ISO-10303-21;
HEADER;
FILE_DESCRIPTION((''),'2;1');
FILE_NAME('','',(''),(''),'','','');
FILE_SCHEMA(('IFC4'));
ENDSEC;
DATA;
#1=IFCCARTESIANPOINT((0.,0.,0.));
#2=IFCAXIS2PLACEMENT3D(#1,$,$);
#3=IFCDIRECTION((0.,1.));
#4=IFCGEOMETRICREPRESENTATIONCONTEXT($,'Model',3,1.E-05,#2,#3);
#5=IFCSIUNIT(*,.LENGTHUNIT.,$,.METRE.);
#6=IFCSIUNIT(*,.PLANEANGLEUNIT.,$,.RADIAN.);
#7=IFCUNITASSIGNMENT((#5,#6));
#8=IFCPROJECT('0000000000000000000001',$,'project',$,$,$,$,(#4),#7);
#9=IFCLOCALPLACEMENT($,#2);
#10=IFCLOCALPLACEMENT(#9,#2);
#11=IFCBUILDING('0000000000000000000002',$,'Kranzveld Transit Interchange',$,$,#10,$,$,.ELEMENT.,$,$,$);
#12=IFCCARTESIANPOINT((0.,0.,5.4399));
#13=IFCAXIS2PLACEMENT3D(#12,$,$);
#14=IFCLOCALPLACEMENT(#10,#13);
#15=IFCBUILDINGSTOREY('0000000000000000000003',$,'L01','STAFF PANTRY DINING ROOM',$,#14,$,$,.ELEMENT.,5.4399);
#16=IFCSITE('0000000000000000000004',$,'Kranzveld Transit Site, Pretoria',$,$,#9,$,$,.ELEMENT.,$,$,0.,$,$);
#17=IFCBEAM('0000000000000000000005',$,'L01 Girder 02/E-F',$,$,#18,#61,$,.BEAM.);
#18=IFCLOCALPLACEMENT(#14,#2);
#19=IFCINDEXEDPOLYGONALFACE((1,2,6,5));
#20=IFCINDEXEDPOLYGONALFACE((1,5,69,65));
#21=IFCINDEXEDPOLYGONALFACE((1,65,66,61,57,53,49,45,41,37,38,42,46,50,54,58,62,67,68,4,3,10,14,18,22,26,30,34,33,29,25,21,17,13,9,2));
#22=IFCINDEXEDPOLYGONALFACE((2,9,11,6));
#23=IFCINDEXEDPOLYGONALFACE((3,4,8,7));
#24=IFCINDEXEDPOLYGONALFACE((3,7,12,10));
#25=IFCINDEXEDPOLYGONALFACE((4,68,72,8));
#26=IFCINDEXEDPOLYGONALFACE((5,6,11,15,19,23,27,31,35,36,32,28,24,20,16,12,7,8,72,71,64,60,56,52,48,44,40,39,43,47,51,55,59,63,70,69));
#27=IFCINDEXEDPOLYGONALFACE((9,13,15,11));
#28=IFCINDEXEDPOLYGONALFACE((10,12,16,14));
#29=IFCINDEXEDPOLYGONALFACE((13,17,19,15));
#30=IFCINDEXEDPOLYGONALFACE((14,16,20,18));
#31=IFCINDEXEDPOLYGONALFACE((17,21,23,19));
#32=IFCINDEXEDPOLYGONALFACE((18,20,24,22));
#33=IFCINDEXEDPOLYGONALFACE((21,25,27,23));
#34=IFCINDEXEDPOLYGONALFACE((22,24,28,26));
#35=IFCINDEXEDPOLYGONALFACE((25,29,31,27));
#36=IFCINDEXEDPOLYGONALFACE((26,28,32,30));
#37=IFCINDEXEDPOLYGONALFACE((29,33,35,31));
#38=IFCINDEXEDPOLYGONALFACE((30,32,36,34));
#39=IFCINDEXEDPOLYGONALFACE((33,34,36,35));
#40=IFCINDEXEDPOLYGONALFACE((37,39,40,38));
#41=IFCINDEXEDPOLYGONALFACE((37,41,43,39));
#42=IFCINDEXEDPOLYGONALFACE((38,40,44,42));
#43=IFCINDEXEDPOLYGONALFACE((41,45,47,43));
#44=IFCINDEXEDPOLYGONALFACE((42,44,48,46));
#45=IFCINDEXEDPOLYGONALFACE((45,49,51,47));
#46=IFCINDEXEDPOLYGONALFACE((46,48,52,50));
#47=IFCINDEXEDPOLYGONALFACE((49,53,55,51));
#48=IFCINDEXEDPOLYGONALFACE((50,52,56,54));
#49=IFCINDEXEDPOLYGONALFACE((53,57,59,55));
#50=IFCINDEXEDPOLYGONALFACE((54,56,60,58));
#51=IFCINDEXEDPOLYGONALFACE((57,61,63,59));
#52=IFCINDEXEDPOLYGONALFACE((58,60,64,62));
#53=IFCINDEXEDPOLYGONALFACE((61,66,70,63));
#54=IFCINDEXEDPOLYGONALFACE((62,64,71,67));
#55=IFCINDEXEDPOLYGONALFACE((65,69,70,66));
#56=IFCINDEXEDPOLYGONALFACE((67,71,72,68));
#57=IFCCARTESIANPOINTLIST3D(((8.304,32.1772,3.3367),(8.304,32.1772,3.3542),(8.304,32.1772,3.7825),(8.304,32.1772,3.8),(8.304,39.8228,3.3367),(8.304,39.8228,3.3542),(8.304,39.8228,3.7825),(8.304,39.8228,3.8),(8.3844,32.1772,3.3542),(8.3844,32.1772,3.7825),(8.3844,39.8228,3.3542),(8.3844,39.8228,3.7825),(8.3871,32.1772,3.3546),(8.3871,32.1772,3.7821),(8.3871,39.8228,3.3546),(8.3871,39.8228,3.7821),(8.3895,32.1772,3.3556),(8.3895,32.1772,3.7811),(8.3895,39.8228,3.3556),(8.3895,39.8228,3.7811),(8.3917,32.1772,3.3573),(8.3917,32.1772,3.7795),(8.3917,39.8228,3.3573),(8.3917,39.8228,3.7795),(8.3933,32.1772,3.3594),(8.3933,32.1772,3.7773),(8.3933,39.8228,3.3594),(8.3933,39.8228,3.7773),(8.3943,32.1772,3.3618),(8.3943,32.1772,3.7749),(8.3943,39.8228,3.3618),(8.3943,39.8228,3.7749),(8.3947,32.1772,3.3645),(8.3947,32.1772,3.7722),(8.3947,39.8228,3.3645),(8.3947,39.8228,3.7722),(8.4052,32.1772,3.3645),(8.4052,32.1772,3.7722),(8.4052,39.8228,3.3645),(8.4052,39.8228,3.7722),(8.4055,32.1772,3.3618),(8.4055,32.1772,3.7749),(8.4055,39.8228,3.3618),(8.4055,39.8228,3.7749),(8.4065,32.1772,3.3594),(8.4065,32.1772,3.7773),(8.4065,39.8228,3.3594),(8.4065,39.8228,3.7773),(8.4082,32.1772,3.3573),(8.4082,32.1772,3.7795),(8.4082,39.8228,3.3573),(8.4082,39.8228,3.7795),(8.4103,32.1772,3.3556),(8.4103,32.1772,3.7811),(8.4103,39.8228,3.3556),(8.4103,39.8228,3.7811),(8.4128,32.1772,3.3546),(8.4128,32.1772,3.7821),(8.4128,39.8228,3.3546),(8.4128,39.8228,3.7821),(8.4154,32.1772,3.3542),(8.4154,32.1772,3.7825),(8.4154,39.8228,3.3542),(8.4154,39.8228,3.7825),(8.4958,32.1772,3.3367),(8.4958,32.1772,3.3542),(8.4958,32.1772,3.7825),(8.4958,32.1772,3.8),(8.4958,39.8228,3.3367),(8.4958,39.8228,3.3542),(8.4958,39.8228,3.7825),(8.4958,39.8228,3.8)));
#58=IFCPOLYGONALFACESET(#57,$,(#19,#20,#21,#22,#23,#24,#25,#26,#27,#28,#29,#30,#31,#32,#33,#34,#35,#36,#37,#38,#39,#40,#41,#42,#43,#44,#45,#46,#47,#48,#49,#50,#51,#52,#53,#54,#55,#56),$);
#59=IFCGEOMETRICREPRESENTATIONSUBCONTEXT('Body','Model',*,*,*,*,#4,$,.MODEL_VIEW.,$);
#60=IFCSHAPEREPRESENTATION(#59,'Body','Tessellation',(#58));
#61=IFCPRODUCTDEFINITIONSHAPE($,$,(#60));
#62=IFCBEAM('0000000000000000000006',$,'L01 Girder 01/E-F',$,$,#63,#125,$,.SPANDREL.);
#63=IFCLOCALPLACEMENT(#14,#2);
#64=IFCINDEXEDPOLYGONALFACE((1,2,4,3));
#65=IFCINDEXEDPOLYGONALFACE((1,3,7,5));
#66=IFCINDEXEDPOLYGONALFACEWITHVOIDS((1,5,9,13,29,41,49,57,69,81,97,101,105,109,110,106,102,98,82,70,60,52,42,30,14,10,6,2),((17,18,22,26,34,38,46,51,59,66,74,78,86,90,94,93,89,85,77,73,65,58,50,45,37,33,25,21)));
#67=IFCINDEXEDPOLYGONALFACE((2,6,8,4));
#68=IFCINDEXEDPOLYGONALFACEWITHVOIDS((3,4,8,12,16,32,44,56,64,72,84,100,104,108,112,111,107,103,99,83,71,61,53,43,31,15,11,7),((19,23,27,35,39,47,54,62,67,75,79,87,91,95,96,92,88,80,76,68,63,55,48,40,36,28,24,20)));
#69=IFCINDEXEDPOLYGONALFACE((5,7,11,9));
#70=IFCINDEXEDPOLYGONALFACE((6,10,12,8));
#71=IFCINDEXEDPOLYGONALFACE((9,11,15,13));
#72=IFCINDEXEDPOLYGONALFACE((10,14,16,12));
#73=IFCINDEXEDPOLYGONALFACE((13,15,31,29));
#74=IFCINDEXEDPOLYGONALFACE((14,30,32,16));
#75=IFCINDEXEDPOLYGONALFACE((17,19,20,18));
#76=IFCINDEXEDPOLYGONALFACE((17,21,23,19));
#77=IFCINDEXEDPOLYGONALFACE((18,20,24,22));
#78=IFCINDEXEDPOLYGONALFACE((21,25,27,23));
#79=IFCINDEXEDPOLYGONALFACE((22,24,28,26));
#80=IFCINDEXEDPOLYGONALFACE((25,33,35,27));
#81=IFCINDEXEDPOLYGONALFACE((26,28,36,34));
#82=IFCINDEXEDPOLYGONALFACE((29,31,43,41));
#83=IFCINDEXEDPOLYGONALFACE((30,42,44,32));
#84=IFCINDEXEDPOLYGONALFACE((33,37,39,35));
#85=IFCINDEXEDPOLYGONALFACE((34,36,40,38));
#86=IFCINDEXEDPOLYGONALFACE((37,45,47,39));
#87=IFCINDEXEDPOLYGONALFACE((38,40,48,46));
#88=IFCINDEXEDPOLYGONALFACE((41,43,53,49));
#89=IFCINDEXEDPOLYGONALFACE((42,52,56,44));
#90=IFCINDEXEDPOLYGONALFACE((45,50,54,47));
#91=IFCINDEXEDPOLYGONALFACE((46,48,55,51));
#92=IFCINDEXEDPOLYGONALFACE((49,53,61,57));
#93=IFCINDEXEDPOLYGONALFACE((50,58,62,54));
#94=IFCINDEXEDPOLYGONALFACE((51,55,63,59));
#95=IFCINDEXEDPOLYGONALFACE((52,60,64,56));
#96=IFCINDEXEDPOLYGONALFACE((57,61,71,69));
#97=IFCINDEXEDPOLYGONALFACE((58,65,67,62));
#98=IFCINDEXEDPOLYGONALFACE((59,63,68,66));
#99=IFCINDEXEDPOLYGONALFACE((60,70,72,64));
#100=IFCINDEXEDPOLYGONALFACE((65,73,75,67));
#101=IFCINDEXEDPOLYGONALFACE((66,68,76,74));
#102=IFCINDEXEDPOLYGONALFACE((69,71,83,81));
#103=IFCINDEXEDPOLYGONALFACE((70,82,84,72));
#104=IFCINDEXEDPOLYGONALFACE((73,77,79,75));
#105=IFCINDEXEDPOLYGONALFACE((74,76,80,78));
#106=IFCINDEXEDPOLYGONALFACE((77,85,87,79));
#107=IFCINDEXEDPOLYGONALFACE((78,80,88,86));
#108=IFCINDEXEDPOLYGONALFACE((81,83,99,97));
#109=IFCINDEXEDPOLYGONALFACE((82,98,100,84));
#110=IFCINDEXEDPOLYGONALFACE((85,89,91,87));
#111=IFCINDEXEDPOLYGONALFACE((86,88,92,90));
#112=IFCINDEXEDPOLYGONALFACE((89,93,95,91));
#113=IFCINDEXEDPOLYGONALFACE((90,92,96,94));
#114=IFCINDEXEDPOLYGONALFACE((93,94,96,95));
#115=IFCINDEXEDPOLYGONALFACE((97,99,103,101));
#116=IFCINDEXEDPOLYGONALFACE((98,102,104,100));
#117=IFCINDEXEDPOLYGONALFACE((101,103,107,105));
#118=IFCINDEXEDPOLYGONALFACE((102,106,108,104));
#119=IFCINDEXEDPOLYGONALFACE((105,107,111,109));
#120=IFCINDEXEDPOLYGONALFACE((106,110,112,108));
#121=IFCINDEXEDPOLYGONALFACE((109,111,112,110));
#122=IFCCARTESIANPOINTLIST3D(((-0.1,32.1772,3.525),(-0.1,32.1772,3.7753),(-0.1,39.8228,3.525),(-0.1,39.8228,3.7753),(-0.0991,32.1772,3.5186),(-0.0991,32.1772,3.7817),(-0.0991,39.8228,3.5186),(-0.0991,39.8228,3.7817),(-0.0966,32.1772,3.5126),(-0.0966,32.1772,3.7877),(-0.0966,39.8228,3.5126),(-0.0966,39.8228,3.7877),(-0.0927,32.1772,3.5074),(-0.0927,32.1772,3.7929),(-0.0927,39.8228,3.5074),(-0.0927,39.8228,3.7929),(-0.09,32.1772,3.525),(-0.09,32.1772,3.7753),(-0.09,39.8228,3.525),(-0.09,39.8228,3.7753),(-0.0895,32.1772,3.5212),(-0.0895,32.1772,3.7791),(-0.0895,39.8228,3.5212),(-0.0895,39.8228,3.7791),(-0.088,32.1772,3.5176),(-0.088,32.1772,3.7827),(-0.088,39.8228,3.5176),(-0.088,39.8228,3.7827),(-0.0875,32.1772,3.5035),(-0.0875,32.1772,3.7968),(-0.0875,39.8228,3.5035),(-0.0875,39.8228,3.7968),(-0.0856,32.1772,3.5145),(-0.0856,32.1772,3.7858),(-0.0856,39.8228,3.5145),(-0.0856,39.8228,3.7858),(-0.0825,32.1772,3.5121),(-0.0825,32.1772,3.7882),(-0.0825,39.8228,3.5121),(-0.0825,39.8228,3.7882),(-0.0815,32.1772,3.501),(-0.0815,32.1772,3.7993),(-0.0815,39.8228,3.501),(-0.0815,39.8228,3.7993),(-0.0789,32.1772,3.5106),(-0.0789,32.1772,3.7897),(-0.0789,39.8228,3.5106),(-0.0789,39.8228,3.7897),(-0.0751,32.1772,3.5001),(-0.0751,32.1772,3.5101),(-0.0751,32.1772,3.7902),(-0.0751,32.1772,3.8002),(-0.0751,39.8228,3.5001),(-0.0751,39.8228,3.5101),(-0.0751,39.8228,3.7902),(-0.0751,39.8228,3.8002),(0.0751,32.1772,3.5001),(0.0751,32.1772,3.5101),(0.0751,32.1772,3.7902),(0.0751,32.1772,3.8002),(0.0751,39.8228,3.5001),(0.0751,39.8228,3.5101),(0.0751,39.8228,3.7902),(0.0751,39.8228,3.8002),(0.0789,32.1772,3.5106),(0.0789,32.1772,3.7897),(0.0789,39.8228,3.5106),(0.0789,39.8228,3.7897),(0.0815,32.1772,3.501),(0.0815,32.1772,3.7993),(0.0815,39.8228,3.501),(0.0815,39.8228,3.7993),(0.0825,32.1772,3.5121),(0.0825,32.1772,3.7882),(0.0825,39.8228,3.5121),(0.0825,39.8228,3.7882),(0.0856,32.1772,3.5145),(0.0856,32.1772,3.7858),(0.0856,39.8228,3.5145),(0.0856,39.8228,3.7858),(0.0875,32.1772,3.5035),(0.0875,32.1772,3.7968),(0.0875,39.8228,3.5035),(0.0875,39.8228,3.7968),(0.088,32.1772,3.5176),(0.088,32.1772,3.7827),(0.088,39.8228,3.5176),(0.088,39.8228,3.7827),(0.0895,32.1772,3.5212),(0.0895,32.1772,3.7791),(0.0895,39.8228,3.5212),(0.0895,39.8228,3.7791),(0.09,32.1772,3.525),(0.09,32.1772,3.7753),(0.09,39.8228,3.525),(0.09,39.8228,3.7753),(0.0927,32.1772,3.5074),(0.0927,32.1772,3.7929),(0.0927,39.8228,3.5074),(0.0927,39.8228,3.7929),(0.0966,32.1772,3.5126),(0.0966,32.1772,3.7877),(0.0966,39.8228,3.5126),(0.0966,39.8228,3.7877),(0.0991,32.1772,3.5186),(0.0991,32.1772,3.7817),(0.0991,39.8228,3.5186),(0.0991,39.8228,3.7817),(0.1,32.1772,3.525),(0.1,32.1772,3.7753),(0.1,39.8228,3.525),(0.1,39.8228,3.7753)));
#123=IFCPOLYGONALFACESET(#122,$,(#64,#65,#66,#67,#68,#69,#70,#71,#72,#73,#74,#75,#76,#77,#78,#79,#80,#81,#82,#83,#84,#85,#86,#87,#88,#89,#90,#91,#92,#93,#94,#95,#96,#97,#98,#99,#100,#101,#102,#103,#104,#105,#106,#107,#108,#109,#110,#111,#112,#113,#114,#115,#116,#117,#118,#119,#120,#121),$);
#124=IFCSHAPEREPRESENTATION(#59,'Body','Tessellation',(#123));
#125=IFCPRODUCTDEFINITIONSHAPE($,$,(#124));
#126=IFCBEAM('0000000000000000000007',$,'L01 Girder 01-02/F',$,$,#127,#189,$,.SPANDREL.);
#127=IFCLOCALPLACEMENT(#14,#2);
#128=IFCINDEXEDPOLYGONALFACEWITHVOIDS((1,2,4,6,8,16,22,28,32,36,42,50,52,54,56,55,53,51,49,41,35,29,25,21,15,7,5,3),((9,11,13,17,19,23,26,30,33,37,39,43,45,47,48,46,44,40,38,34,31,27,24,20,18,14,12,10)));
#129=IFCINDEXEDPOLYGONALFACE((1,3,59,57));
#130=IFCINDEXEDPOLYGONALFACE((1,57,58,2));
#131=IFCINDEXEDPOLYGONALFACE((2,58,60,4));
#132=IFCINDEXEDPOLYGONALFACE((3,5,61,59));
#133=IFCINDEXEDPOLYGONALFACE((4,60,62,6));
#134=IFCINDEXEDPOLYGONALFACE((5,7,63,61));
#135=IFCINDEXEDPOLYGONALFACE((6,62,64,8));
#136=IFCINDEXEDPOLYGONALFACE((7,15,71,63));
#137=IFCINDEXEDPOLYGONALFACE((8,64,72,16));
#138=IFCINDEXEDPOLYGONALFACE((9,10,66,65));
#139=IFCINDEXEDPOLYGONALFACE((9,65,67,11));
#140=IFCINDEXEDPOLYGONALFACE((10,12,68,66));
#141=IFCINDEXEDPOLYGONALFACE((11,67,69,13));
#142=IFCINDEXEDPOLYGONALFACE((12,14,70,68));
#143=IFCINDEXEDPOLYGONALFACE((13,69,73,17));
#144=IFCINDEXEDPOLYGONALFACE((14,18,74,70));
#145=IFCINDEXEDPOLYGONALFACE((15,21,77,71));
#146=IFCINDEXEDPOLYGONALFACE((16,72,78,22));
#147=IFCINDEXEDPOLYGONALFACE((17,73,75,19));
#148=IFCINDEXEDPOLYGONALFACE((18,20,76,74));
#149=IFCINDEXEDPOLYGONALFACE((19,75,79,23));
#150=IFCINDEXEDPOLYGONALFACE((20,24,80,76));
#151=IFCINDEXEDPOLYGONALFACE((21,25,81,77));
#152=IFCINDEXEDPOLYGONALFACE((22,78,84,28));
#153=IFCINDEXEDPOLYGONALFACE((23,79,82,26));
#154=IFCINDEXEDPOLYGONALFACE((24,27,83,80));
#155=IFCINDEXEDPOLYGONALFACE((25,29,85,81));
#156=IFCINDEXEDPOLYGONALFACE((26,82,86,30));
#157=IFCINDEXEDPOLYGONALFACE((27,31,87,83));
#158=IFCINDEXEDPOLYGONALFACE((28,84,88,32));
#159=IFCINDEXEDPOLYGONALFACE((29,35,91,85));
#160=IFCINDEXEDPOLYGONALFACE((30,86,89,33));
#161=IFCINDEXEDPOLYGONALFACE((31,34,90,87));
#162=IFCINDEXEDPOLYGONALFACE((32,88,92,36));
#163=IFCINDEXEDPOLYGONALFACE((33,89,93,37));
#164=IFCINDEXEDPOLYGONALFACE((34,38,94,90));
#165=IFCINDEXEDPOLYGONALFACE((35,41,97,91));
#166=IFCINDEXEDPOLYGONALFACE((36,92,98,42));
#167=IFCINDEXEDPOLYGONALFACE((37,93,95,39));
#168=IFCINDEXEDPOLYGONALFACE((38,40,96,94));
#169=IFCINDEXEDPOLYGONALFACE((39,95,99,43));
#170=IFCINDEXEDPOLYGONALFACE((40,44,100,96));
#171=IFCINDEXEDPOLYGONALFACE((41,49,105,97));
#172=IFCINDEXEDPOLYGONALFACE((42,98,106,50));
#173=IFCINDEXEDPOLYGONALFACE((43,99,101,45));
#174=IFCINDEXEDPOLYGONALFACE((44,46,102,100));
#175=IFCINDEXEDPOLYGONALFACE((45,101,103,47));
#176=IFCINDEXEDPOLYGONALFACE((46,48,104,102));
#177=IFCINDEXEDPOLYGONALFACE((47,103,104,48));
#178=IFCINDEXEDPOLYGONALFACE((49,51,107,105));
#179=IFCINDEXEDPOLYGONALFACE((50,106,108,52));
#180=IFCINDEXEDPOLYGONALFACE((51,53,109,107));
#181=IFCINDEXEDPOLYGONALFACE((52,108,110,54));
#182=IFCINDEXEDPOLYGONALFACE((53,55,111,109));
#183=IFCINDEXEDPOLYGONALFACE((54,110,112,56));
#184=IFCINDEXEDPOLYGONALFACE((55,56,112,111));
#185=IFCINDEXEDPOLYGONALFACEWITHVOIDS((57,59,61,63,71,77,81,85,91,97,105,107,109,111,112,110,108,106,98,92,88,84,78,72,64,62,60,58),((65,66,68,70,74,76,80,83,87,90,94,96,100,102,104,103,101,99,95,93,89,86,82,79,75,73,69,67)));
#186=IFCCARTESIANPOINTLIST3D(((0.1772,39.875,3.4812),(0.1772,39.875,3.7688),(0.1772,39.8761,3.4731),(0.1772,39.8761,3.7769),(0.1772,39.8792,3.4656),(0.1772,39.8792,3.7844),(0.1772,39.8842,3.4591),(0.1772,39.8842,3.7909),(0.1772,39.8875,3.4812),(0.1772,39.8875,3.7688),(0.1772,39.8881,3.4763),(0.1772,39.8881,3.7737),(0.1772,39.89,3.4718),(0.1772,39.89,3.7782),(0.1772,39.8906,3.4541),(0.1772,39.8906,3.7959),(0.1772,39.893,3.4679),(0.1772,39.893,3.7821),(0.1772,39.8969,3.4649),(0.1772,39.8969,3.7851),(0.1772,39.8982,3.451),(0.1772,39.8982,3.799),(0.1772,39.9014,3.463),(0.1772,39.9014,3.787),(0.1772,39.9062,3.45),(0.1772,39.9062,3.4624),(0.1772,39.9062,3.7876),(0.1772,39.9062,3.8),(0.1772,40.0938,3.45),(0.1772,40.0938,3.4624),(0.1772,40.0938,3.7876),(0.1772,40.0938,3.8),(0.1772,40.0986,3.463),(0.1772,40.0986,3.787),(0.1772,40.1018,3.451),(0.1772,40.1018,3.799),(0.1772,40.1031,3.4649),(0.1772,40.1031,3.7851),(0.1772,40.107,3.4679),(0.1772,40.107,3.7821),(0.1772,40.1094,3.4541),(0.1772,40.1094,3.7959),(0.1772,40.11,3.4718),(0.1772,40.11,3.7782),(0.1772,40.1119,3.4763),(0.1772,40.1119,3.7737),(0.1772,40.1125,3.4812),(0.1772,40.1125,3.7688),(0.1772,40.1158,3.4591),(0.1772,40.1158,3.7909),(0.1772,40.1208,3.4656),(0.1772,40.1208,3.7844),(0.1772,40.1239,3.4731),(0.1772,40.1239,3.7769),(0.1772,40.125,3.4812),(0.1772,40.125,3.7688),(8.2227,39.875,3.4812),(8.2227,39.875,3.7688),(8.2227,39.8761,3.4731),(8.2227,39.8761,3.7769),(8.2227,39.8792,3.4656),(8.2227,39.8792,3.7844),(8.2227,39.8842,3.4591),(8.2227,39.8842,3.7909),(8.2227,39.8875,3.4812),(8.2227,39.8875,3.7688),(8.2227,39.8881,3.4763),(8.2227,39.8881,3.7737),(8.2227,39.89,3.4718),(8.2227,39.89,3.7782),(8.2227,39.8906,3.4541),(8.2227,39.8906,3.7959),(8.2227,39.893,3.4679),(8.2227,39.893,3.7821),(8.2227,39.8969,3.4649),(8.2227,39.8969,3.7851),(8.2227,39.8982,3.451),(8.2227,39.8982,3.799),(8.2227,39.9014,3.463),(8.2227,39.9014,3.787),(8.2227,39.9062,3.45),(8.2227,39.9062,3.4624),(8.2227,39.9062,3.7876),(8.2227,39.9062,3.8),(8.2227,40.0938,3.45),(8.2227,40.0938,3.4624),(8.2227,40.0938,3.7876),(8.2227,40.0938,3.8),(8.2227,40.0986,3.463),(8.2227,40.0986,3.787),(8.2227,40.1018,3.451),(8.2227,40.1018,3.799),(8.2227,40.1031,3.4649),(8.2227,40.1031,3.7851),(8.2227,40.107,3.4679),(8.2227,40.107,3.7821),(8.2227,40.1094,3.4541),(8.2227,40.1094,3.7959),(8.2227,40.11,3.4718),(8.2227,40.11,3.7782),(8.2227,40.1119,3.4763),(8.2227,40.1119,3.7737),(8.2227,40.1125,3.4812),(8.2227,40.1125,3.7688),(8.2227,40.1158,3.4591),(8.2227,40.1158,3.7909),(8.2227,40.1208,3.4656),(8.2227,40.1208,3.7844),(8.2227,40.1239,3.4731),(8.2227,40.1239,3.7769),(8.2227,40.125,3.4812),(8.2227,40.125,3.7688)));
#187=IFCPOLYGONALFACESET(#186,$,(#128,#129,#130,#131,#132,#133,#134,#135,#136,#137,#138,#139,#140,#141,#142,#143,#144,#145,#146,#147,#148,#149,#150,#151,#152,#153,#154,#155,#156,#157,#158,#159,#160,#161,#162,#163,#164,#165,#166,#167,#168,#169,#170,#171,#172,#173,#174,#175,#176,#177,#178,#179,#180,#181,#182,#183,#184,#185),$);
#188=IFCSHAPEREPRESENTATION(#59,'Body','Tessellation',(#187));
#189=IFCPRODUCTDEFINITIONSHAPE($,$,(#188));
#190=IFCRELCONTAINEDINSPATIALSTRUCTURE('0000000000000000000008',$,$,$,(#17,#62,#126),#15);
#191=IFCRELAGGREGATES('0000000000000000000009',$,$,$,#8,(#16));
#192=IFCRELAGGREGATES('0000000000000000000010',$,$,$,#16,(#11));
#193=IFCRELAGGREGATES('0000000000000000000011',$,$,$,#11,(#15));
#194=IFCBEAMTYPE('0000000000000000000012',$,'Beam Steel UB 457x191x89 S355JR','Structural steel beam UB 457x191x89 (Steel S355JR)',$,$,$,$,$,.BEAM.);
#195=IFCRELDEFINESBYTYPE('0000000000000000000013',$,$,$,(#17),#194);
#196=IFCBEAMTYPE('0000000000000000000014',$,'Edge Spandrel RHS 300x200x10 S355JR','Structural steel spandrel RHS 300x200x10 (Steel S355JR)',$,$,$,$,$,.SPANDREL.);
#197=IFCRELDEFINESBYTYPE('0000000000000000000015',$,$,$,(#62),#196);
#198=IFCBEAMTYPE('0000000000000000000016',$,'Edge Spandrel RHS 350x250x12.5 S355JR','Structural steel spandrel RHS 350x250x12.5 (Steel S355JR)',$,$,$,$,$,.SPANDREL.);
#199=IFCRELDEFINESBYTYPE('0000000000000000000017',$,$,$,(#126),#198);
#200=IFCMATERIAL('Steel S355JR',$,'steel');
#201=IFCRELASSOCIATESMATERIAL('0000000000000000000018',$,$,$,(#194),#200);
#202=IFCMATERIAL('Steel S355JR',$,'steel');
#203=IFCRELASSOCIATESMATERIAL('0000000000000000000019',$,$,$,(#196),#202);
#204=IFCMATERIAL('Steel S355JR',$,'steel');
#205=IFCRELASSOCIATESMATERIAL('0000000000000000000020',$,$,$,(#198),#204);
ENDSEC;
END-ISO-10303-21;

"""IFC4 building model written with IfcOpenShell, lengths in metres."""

from ifc_helpers import new_model, si_unit, direction, frame, origin, origin_2d, place, context, subcontext, project, spatial, hollow_rectangle, i_section, extrude, material, material_profile, profile_set, type_object, element, save


model = new_model("IFC4")

# Units and contexts
model_context = context("Model", 3, precision=1e-05, world=origin(), true_north=direction((0.0, 1.0)))
body_context = subcontext(model_context, "Body", "Model", "MODEL_VIEW")
ifc_project = project(units=[si_unit("LENGTHUNIT", "METRE"), si_unit("PLANEANGLEUNIT", "RADIAN")], contexts=[model_context])

# Site, building, storey
site_placement = place(None, origin())
site = spatial("IfcSite", under=ifc_project, at=site_placement, Name="Kranzveld Transit Site, Pretoria", CompositionType="ELEMENT", RefElevation=0.0)
building_placement = place(site_placement, origin())
building = spatial("IfcBuilding", under=site, at=building_placement, Name="Kranzveld Transit Interchange", CompositionType="ELEMENT")
storey_placement = place(building_placement, frame((0.0, 0.0, 5.4399)))
storey = spatial("IfcBuildingStorey", under=building, at=storey_placement, Name="L01", Description="STAFF PANTRY DINING ROOM", CompositionType="ELEMENT", Elevation=5.4399)

# Beams
ifc_material_1 = material(Name="Steel S355JR", Category="steel")
ifc_material_profile_1 = material_profile(ifc_material_1, i_section(OverallWidth=0.1919, OverallDepth=0.4634, WebThickness=0.0105, FlangeThickness=0.0176, FilletRadius=0.0103, at=origin_2d()), Name="UB 457x191x89")
ifc_profile_set_1 = profile_set([ifc_material_profile_1], Name="Steel S355JR")
beam_type_1 = type_object("IfcBeamType", Name="Beam Steel UB 457x191x89 S355JR", Description="Structural steel beam UB 457x191x89 (Steel S355JR)", PredefinedType="BEAM", material=ifc_profile_set_1)
beam_1_placement = place(storey_placement, frame((8.3999, 32.1772, 3.5684), z_axis=(0.0, 1.0, 0.0), x_axis=(-1.0, 0.0, 0.0)))
element("IfcBeam", 1, at=beam_1_placement, inside=storey, type_object=beam_type_1, Name="L01 Girder 02/E-F", PredefinedType="BEAM", context=body_context, shape_type="SweptSolid", body=[
    extrude(i_section(OverallWidth=0.1919, OverallDepth=0.4634, WebThickness=0.0105, FlangeThickness=0.0176, FilletRadius=0.0103, at=origin_2d()), origin(), (0.0, 0.0, 1.0), 7.6455),
])
ifc_material_2 = material(Name="Steel S355JR", Category="steel")
ifc_material_profile_2 = material_profile(ifc_material_2, hollow_rectangle(XDim=0.2, YDim=0.3, WallThickness=0.01, InnerFilletRadius=0.0149, OuterFilletRadius=0.0249, at=origin_2d()), Name="RHS 300x200x10")
ifc_profile_set_2 = profile_set([ifc_material_profile_2], Name="Steel S355JR")
beam_type_2 = type_object("IfcBeamType", Name="Edge Spandrel RHS 300x200x10 S355JR", Description="Structural steel spandrel RHS 300x200x10 (Steel S355JR)", PredefinedType="SPANDREL", material=ifc_profile_set_2)
beam_2_placement = place(storey_placement, frame((0.0, 32.1772, 3.6501), z_axis=(0.0, 1.0, 0.0), x_axis=(-1.0, 0.0, 0.0)))
element("IfcBeam", 2, at=beam_2_placement, inside=storey, type_object=beam_type_2, Name="L01 Girder 01/E-F", PredefinedType="SPANDREL", context=body_context, shape_type="SweptSolid", body=[
    extrude(hollow_rectangle(XDim=0.2, YDim=0.3, WallThickness=0.01, InnerFilletRadius=0.0149, OuterFilletRadius=0.0249, at=origin_2d()), origin(), (0.0, 0.0, 1.0), 7.6455),
])
ifc_material_3 = material(Name="Steel S355JR", Category="steel")
ifc_material_profile_3 = material_profile(ifc_material_3, hollow_rectangle(XDim=0.25, YDim=0.3501, WallThickness=0.0125, InnerFilletRadius=0.0188, OuterFilletRadius=0.0312, at=origin_2d()), Name="RHS 350x250x12.5")
ifc_profile_set_3 = profile_set([ifc_material_profile_3], Name="Steel S355JR")
beam_type_3 = type_object("IfcBeamType", Name="Edge Spandrel RHS 350x250x12.5 S355JR", Description="Structural steel spandrel RHS 350x250x12.5 (Steel S355JR)", PredefinedType="SPANDREL", material=ifc_profile_set_3)
for number, where, z_axis, x_axis, name in (
    (3, (0.1772, 40.0, 3.625), (1.0, 0.0, 0.0), (0.0, 1.0, 0.0), "L01 Girder 01-02/F"),
):
    element("IfcBeam", number, at=place(storey_placement, frame(where, z_axis=z_axis, x_axis=x_axis)), inside=storey, type_object=beam_type_3, Name=name, PredefinedType="SPANDREL", context=body_context, shape_type="SweptSolid", body=[
        extrude(hollow_rectangle(XDim=0.25, YDim=0.3501, WallThickness=0.0125, InnerFilletRadius=0.0188, OuterFilletRadius=0.0312, at=origin_2d()), origin(), (0.0, 0.0, 1.0), 8.0454),
    ])

save(model, "model.ifc")
